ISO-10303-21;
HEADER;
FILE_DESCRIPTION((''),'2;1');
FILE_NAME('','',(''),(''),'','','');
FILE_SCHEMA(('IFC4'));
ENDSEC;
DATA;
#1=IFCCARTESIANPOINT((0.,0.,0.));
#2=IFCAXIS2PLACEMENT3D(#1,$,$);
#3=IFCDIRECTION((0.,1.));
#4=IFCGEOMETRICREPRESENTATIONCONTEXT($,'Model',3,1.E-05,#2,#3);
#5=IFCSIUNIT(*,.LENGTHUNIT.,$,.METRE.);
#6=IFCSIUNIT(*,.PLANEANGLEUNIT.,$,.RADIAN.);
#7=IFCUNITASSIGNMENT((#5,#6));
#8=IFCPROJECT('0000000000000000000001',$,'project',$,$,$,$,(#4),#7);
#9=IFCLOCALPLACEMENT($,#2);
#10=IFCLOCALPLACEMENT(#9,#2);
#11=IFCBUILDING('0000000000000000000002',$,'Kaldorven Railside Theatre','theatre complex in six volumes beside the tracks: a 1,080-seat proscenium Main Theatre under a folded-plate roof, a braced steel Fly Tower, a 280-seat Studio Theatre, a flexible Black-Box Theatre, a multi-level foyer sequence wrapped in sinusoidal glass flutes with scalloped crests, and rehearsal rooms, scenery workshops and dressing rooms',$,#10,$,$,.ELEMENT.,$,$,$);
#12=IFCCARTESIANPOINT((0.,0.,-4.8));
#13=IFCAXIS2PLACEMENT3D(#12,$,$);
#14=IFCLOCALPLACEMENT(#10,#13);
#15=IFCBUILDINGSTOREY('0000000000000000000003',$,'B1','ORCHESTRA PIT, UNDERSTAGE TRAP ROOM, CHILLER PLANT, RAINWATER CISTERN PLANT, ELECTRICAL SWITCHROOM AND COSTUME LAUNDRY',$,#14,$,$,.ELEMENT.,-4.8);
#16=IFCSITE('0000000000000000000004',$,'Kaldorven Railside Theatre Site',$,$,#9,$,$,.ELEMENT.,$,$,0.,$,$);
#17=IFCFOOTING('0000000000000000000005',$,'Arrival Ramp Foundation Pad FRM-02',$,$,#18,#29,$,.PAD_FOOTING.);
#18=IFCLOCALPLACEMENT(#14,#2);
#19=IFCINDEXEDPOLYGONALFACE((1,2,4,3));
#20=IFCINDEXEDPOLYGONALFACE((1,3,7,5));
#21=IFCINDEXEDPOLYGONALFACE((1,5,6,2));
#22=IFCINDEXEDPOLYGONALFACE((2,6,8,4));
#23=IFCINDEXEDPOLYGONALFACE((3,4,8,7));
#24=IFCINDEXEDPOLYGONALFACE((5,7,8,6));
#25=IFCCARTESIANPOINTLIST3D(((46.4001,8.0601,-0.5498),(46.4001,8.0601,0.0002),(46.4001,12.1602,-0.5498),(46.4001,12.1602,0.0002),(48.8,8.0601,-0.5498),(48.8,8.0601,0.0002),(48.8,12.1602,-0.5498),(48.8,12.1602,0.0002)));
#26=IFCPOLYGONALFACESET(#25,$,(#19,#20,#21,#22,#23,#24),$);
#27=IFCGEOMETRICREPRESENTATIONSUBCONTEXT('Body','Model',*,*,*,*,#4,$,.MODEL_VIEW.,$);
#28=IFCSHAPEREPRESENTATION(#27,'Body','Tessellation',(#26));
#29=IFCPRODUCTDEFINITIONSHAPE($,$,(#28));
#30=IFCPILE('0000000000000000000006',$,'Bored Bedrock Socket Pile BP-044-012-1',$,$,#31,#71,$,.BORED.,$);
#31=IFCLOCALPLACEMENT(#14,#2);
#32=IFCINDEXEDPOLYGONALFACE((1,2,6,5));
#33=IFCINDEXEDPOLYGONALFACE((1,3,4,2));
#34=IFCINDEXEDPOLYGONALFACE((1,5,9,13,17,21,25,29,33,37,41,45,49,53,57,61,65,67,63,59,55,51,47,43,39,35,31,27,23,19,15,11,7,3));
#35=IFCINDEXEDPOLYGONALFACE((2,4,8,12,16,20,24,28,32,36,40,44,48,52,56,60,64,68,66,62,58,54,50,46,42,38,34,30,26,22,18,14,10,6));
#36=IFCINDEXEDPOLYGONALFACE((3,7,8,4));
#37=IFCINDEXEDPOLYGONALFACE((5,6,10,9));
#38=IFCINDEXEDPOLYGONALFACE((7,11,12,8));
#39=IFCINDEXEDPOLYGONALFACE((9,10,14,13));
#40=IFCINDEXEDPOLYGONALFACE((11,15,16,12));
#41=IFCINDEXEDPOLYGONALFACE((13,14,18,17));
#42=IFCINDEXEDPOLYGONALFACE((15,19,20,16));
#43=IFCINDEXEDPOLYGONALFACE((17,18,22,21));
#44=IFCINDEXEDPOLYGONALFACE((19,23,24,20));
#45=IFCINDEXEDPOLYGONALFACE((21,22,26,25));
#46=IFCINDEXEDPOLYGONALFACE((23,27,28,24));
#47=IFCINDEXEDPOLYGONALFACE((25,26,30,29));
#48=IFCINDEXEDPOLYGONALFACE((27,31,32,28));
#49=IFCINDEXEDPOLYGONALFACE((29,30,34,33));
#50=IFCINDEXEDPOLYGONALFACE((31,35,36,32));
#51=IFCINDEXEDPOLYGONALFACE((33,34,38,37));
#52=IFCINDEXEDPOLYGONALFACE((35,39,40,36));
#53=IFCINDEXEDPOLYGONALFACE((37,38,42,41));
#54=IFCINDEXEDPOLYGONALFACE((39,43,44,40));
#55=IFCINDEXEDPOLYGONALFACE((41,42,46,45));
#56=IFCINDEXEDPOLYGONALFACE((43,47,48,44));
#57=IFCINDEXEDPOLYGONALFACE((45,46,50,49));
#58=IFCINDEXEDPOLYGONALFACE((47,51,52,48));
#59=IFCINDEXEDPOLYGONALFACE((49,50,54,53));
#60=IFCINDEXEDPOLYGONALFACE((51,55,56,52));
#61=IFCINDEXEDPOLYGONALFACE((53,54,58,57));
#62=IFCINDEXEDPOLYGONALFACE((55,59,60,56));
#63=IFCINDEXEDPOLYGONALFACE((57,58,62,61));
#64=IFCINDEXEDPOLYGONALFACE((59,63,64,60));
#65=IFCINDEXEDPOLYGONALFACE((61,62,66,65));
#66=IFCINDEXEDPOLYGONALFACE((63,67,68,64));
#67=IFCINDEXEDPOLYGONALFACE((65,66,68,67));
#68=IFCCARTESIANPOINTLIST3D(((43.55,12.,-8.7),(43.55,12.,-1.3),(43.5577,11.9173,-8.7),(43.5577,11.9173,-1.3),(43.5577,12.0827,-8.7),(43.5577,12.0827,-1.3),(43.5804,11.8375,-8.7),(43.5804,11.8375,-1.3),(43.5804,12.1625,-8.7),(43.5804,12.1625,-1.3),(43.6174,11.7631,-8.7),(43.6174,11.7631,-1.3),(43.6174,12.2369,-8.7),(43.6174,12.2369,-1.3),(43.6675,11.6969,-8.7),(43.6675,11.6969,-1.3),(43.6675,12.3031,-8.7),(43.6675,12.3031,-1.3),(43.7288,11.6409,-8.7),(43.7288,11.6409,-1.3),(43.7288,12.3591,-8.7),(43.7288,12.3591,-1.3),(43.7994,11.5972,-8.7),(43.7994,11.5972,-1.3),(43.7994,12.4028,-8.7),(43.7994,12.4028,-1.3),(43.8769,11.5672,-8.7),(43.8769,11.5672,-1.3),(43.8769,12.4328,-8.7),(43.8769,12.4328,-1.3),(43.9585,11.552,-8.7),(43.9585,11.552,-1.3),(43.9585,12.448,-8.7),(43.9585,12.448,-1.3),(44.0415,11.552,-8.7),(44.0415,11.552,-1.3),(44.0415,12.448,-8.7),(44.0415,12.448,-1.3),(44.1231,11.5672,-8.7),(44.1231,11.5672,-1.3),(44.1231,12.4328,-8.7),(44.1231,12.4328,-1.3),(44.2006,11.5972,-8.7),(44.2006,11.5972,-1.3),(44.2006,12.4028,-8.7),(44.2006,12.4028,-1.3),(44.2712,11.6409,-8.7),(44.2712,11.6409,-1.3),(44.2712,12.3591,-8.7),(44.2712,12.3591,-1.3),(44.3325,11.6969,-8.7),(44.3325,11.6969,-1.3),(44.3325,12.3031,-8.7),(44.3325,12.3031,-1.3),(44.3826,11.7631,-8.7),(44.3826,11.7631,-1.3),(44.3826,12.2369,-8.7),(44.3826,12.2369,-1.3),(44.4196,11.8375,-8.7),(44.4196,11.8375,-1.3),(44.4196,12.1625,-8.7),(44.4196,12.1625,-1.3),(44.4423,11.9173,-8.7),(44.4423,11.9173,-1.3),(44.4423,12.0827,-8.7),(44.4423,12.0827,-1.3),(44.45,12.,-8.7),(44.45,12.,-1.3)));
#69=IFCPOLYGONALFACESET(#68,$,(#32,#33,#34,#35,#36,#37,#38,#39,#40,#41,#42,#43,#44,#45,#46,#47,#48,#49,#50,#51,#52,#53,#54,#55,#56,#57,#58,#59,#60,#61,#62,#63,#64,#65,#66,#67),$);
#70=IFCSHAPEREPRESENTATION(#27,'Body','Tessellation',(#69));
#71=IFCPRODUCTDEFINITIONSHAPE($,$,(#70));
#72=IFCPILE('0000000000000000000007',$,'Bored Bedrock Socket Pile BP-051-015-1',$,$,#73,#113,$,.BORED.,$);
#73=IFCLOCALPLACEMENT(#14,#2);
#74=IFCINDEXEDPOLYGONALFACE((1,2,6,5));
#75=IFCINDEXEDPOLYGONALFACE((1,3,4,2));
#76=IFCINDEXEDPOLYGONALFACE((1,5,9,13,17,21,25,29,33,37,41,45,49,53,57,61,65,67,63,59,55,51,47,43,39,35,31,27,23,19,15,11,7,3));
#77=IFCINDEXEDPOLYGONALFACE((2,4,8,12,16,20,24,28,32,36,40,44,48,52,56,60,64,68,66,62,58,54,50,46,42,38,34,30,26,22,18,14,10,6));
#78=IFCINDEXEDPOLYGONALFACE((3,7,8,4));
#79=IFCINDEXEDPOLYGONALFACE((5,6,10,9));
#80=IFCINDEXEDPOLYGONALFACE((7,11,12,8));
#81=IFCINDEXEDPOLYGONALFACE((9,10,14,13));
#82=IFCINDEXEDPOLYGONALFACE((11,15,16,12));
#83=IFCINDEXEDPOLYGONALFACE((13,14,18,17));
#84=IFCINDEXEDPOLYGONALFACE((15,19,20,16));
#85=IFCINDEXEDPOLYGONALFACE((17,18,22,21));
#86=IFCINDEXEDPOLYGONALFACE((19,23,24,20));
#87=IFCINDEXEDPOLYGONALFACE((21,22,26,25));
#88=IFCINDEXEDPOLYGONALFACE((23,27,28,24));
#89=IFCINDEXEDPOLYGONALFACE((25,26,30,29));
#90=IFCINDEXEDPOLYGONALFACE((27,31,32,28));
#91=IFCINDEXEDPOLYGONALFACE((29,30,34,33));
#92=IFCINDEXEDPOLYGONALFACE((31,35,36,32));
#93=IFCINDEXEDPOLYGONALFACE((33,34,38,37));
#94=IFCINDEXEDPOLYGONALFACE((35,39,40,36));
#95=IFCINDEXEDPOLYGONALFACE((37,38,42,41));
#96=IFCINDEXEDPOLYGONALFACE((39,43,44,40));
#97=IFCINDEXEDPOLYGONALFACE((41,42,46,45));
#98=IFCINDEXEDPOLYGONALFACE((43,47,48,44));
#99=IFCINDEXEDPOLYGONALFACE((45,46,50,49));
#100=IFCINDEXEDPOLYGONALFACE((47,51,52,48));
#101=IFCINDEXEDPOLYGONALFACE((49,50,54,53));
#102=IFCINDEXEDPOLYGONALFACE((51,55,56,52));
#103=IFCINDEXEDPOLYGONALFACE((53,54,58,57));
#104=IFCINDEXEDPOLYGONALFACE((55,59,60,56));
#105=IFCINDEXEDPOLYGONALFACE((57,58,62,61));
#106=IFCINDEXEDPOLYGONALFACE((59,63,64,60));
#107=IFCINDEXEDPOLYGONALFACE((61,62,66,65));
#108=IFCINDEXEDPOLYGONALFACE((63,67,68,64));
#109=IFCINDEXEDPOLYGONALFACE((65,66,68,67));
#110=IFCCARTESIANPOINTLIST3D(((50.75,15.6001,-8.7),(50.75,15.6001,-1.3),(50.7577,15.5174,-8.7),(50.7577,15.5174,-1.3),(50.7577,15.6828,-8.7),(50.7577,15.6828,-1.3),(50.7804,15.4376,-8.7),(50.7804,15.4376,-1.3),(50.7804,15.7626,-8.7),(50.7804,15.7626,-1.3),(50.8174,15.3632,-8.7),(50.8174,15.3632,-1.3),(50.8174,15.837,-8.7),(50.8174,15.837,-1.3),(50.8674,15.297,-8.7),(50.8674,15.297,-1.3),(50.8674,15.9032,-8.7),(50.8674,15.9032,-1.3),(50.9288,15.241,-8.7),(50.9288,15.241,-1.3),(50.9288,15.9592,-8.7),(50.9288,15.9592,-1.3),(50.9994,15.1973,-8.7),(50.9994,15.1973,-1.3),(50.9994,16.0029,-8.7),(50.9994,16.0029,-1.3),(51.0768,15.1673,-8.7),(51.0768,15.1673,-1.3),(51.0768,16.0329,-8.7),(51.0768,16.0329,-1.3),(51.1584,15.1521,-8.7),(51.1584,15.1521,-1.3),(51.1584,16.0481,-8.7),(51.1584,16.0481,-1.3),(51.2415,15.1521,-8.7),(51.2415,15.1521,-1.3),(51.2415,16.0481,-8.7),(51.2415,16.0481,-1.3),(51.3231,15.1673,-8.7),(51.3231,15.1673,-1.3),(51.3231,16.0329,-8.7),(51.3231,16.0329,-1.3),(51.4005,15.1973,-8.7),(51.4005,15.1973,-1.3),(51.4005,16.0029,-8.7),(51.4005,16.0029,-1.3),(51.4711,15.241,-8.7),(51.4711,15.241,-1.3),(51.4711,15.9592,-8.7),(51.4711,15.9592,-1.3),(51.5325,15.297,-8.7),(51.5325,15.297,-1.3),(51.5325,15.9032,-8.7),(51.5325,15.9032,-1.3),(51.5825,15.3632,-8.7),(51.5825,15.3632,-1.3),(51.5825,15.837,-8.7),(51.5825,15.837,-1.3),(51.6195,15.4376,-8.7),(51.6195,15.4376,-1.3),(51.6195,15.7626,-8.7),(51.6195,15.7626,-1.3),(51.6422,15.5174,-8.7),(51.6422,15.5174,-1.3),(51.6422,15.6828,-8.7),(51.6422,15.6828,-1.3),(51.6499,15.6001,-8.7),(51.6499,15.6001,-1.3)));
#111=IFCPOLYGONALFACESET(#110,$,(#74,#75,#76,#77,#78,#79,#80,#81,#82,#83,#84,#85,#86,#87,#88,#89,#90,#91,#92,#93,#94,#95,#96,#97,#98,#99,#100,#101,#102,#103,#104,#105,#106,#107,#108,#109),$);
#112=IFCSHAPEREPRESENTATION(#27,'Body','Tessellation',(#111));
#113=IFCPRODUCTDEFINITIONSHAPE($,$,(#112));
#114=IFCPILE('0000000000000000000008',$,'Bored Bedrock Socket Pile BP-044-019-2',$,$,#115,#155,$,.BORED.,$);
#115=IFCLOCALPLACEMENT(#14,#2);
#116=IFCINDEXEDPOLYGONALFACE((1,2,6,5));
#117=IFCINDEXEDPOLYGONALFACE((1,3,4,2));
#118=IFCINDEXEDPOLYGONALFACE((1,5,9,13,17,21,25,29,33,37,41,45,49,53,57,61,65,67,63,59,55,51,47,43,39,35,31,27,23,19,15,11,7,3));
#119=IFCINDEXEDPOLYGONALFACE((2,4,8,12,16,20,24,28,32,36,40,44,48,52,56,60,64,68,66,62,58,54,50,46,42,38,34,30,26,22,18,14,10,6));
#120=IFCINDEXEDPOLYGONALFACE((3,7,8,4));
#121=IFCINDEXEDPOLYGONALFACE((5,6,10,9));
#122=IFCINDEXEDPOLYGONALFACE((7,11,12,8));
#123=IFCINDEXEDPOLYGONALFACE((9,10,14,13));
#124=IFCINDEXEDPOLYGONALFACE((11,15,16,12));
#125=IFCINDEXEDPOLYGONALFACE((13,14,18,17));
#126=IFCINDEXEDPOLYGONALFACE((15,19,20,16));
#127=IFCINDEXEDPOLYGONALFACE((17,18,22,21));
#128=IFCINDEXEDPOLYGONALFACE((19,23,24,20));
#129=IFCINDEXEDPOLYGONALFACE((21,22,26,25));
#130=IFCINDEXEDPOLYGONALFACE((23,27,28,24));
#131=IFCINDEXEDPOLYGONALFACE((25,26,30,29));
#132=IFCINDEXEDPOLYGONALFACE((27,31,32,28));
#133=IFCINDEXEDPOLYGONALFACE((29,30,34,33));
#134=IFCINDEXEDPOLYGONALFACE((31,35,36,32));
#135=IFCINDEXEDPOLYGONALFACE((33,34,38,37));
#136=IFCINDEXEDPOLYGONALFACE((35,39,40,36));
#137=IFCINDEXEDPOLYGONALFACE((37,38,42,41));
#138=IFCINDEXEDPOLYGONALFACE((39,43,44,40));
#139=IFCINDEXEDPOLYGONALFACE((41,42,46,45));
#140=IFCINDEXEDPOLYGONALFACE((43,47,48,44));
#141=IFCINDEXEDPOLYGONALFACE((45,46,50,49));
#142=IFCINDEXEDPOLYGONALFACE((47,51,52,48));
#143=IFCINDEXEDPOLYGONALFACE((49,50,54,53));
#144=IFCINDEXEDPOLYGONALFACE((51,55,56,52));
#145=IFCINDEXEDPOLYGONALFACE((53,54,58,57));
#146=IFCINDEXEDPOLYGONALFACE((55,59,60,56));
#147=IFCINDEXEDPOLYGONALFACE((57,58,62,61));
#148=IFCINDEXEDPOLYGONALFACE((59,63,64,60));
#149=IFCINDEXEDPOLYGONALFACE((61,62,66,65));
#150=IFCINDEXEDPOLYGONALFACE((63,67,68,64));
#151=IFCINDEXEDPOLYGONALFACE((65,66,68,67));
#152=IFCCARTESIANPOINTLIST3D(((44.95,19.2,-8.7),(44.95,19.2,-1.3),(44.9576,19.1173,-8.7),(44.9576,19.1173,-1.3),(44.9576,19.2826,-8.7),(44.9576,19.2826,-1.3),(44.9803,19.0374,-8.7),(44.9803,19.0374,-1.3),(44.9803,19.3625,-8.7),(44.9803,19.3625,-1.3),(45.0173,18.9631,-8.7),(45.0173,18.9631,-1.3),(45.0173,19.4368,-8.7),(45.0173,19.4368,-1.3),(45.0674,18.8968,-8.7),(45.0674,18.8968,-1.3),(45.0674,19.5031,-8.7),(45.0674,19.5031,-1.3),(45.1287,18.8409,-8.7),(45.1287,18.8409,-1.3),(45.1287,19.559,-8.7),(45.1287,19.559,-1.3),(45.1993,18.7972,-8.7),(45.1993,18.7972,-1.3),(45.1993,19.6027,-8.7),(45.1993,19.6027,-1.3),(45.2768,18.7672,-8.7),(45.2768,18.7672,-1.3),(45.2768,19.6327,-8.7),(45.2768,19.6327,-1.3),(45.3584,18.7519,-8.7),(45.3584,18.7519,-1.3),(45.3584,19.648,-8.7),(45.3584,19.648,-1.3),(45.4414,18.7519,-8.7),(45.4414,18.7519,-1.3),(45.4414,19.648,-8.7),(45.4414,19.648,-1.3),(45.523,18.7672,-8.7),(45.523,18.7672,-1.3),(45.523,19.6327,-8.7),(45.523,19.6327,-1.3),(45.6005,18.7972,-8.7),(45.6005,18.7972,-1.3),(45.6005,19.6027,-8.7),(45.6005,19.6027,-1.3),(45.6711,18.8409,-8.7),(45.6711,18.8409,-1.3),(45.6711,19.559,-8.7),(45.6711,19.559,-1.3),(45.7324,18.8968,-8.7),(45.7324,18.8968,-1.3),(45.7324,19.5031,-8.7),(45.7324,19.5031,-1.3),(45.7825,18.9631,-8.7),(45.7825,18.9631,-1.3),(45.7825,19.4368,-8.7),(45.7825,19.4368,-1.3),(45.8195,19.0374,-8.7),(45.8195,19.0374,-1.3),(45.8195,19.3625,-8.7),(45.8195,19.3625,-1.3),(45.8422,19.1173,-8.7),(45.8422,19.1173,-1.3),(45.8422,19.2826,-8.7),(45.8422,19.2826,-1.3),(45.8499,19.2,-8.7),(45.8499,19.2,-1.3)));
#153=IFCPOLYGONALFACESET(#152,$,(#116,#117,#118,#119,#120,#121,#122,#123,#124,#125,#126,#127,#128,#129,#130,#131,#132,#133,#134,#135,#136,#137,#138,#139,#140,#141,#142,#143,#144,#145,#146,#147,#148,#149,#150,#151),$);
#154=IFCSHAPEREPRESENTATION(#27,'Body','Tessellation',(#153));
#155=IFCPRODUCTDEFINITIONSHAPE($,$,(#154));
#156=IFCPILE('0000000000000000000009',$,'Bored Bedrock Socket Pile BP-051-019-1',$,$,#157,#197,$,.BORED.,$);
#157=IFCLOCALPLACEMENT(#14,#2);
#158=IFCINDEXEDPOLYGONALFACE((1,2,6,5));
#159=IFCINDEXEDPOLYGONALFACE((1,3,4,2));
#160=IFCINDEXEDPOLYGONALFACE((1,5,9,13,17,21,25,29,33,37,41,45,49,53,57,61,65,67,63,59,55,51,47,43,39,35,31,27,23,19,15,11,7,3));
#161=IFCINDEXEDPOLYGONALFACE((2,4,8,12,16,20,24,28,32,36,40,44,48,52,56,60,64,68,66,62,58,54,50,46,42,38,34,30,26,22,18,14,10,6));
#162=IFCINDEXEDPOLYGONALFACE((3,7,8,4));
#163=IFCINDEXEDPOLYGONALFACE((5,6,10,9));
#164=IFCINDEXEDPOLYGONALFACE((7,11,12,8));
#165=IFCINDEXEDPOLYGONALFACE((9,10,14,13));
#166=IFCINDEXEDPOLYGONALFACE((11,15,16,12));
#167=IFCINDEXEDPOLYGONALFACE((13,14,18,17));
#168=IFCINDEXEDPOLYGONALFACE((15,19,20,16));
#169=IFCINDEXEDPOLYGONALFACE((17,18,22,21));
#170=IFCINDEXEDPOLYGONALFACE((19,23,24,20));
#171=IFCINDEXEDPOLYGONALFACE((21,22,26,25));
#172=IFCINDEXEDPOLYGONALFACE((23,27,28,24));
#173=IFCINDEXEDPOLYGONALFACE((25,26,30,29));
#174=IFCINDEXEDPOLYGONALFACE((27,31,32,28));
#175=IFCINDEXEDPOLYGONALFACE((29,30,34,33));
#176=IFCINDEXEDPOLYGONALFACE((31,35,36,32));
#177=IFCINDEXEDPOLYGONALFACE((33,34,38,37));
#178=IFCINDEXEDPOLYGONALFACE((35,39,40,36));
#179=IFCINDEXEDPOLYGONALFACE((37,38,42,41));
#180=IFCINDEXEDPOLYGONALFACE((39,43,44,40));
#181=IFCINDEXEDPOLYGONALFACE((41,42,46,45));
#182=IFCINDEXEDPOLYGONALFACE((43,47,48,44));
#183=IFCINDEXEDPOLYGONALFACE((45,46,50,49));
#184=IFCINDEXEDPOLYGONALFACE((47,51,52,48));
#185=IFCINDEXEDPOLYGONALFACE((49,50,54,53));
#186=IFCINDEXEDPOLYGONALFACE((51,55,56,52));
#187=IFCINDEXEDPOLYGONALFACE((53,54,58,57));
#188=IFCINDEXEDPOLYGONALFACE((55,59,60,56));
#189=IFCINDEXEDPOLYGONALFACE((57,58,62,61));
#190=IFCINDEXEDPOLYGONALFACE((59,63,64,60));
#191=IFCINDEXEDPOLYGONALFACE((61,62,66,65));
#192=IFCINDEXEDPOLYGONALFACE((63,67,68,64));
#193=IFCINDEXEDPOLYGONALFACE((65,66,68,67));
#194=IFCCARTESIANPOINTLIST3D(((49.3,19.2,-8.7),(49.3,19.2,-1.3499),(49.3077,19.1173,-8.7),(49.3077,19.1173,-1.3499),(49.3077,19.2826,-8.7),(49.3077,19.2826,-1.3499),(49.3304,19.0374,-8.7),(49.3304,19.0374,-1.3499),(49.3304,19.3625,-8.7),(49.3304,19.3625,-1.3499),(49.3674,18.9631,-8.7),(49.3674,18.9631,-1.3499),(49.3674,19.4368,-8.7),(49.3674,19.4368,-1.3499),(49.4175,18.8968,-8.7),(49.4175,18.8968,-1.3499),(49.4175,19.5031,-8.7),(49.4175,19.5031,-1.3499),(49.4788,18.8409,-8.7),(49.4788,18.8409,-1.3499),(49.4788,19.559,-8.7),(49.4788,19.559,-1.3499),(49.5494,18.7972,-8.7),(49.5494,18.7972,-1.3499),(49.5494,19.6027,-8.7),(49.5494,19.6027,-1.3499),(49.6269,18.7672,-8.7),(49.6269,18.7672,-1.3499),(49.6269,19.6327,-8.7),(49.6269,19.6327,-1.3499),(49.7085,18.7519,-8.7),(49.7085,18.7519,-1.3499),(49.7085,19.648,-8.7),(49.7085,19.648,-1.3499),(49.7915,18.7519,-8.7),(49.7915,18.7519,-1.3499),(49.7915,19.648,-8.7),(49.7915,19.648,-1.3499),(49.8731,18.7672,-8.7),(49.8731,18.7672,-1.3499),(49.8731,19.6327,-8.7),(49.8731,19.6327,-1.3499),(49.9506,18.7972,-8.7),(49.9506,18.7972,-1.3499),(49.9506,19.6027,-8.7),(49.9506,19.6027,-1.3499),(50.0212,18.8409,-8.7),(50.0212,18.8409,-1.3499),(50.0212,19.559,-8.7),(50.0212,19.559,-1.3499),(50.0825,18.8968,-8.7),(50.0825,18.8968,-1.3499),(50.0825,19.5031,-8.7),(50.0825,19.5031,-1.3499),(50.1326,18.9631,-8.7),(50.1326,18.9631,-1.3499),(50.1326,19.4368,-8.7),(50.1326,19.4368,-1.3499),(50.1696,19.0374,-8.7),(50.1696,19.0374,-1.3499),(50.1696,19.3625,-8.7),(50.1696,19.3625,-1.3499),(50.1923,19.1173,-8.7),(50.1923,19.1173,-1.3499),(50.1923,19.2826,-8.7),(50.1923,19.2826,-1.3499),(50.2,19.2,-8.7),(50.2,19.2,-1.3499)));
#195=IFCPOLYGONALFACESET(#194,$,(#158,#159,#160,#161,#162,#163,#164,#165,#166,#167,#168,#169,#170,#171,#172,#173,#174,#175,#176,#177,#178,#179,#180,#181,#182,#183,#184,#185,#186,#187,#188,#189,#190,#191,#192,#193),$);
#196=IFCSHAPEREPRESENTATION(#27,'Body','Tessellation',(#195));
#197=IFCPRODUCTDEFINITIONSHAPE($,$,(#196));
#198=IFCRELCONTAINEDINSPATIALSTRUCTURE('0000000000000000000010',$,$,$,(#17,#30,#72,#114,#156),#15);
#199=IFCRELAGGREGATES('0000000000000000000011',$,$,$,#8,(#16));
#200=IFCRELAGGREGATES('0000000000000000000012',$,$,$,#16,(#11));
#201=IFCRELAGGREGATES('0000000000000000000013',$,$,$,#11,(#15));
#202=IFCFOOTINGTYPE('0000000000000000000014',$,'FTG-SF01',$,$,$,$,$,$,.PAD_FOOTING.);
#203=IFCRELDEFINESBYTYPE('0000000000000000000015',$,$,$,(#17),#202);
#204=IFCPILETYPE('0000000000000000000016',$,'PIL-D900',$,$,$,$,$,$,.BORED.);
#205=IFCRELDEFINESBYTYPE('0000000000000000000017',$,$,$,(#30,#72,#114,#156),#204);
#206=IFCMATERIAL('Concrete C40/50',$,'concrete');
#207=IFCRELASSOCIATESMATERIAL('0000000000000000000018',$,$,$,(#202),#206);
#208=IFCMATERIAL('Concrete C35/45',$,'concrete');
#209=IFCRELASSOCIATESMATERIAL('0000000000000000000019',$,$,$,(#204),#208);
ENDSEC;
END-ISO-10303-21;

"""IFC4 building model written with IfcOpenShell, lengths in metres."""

from ifc_helpers import new_model, si_unit, direction, frame, origin, origin_2d, place, context, subcontext, project, spatial, rectangle, circle, extrude, material, material_profile, profile_set, type_object, element, save


model = new_model("IFC4")

# Units and contexts
model_context = context("Model", 3, precision=1e-05, world=origin(), true_north=direction((0.0, 1.0)))
body_context = subcontext(model_context, "Body", "Model", "MODEL_VIEW")
ifc_project = project(units=[si_unit("LENGTHUNIT", "METRE"), si_unit("PLANEANGLEUNIT", "RADIAN")], contexts=[model_context])

# Site, building, storey
site_placement = place(None, origin())
site = spatial("IfcSite", under=ifc_project, at=site_placement, Name="Kaldorven Railside Theatre Site", CompositionType="ELEMENT", RefElevation=0.0)
building_placement = place(site_placement, origin())
building = spatial("IfcBuilding", under=site, at=building_placement, Name="Kaldorven Railside Theatre", Description="theatre complex in six volumes beside the tracks: a 1,080-seat proscenium Main Theatre under a folded-plate roof, a braced steel Fly Tower, a 280-seat Studio Theatre, a flexible Black-Box Theatre, a multi-level foyer sequence wrapped in sinusoidal glass flutes with scalloped crests, and rehearsal rooms, scenery workshops and dressing rooms", CompositionType="ELEMENT")
storey_placement = place(building_placement, frame((0.0, 0.0, -4.8)))
storey = spatial("IfcBuildingStorey", under=building, at=storey_placement, Name="B1", Description="ORCHESTRA PIT, UNDERSTAGE TRAP ROOM, CHILLER PLANT, RAINWATER CISTERN PLANT, ELECTRICAL SWITCHROOM AND COSTUME LAUNDRY", CompositionType="ELEMENT", Elevation=-4.8)

# Footing
ifc_material_1 = material(Name="Concrete C40/50", Category="concrete")
footing_type_1 = type_object("IfcFootingType", Name="FTG-SF01", PredefinedType="PAD_FOOTING", material=ifc_material_1)
footing_1_placement = place(storey_placement, frame((47.6001, 10.1101, -0.5498), z_axis=(0.0, 0.0, 1.0), x_axis=(1.0, 0.0, 0.0)))
element("IfcFooting", 1, at=footing_1_placement, inside=storey, type_object=footing_type_1, Name="Arrival Ramp Foundation Pad FRM-02", PredefinedType="PAD_FOOTING", context=body_context, shape_type="SweptSolid", body=[
    extrude(rectangle(XDim=2.3999, YDim=4.1001, at=origin_2d()), origin(), (0.0, 0.0, 1.0), 0.55),
])

# Piles
ifc_material_2 = material(Name="Concrete C35/45", Category="concrete")
ifc_material_profile_1 = material_profile(ifc_material_2, circle(Radius=0.45, at=origin_2d()), Name="BP D900")
ifc_profile_set_1 = profile_set([ifc_material_profile_1], Name="Concrete C35/45")
pile_type_1 = type_object("IfcPileType", Name="PIL-D900", PredefinedType="BORED", material=ifc_profile_set_1)
for number, where, z_axis, x_axis, name in (
    (2, (44.0, 12.0, -1.3), (0.0, 0.0, -1.0), (1.0, 0.0, 0.0), "Bored Bedrock Socket Pile BP-044-012-1"),
    (3, (51.2, 15.6001, -1.3), (0.0, 0.0, -1.0), (1.0, 0.0, 0.0), "Bored Bedrock Socket Pile BP-051-015-1"),
    (4, (45.3999, 19.2, -1.3), (0.0, 0.0, -1.0), (1.0, 0.0, 0.0), "Bored Bedrock Socket Pile BP-044-019-2"),
):
    element("IfcPile", number, at=place(storey_placement, frame(where, z_axis=z_axis, x_axis=x_axis)), inside=storey, type_object=pile_type_1, Name=name, PredefinedType="BORED", context=body_context, shape_type="SweptSolid", body=[
        extrude(circle(Radius=0.45, at=origin_2d()), origin(), (0.0, 0.0, 1.0), 7.3999),
    ])
pile_placement = place(storey_placement, frame((49.75, 19.2, -1.3499), z_axis=(0.0, 0.0, -1.0), x_axis=(1.0, 0.0, 0.0)))
element("IfcPile", 5, at=pile_placement, inside=storey, type_object=pile_type_1, Name="Bored Bedrock Socket Pile BP-051-019-1", PredefinedType="BORED", context=body_context, shape_type="SweptSolid", body=[
    extrude(circle(Radius=0.45, at=origin_2d()), origin(), (0.0, 0.0, 1.0), 7.3501),
])

save(model, "model.ifc")
